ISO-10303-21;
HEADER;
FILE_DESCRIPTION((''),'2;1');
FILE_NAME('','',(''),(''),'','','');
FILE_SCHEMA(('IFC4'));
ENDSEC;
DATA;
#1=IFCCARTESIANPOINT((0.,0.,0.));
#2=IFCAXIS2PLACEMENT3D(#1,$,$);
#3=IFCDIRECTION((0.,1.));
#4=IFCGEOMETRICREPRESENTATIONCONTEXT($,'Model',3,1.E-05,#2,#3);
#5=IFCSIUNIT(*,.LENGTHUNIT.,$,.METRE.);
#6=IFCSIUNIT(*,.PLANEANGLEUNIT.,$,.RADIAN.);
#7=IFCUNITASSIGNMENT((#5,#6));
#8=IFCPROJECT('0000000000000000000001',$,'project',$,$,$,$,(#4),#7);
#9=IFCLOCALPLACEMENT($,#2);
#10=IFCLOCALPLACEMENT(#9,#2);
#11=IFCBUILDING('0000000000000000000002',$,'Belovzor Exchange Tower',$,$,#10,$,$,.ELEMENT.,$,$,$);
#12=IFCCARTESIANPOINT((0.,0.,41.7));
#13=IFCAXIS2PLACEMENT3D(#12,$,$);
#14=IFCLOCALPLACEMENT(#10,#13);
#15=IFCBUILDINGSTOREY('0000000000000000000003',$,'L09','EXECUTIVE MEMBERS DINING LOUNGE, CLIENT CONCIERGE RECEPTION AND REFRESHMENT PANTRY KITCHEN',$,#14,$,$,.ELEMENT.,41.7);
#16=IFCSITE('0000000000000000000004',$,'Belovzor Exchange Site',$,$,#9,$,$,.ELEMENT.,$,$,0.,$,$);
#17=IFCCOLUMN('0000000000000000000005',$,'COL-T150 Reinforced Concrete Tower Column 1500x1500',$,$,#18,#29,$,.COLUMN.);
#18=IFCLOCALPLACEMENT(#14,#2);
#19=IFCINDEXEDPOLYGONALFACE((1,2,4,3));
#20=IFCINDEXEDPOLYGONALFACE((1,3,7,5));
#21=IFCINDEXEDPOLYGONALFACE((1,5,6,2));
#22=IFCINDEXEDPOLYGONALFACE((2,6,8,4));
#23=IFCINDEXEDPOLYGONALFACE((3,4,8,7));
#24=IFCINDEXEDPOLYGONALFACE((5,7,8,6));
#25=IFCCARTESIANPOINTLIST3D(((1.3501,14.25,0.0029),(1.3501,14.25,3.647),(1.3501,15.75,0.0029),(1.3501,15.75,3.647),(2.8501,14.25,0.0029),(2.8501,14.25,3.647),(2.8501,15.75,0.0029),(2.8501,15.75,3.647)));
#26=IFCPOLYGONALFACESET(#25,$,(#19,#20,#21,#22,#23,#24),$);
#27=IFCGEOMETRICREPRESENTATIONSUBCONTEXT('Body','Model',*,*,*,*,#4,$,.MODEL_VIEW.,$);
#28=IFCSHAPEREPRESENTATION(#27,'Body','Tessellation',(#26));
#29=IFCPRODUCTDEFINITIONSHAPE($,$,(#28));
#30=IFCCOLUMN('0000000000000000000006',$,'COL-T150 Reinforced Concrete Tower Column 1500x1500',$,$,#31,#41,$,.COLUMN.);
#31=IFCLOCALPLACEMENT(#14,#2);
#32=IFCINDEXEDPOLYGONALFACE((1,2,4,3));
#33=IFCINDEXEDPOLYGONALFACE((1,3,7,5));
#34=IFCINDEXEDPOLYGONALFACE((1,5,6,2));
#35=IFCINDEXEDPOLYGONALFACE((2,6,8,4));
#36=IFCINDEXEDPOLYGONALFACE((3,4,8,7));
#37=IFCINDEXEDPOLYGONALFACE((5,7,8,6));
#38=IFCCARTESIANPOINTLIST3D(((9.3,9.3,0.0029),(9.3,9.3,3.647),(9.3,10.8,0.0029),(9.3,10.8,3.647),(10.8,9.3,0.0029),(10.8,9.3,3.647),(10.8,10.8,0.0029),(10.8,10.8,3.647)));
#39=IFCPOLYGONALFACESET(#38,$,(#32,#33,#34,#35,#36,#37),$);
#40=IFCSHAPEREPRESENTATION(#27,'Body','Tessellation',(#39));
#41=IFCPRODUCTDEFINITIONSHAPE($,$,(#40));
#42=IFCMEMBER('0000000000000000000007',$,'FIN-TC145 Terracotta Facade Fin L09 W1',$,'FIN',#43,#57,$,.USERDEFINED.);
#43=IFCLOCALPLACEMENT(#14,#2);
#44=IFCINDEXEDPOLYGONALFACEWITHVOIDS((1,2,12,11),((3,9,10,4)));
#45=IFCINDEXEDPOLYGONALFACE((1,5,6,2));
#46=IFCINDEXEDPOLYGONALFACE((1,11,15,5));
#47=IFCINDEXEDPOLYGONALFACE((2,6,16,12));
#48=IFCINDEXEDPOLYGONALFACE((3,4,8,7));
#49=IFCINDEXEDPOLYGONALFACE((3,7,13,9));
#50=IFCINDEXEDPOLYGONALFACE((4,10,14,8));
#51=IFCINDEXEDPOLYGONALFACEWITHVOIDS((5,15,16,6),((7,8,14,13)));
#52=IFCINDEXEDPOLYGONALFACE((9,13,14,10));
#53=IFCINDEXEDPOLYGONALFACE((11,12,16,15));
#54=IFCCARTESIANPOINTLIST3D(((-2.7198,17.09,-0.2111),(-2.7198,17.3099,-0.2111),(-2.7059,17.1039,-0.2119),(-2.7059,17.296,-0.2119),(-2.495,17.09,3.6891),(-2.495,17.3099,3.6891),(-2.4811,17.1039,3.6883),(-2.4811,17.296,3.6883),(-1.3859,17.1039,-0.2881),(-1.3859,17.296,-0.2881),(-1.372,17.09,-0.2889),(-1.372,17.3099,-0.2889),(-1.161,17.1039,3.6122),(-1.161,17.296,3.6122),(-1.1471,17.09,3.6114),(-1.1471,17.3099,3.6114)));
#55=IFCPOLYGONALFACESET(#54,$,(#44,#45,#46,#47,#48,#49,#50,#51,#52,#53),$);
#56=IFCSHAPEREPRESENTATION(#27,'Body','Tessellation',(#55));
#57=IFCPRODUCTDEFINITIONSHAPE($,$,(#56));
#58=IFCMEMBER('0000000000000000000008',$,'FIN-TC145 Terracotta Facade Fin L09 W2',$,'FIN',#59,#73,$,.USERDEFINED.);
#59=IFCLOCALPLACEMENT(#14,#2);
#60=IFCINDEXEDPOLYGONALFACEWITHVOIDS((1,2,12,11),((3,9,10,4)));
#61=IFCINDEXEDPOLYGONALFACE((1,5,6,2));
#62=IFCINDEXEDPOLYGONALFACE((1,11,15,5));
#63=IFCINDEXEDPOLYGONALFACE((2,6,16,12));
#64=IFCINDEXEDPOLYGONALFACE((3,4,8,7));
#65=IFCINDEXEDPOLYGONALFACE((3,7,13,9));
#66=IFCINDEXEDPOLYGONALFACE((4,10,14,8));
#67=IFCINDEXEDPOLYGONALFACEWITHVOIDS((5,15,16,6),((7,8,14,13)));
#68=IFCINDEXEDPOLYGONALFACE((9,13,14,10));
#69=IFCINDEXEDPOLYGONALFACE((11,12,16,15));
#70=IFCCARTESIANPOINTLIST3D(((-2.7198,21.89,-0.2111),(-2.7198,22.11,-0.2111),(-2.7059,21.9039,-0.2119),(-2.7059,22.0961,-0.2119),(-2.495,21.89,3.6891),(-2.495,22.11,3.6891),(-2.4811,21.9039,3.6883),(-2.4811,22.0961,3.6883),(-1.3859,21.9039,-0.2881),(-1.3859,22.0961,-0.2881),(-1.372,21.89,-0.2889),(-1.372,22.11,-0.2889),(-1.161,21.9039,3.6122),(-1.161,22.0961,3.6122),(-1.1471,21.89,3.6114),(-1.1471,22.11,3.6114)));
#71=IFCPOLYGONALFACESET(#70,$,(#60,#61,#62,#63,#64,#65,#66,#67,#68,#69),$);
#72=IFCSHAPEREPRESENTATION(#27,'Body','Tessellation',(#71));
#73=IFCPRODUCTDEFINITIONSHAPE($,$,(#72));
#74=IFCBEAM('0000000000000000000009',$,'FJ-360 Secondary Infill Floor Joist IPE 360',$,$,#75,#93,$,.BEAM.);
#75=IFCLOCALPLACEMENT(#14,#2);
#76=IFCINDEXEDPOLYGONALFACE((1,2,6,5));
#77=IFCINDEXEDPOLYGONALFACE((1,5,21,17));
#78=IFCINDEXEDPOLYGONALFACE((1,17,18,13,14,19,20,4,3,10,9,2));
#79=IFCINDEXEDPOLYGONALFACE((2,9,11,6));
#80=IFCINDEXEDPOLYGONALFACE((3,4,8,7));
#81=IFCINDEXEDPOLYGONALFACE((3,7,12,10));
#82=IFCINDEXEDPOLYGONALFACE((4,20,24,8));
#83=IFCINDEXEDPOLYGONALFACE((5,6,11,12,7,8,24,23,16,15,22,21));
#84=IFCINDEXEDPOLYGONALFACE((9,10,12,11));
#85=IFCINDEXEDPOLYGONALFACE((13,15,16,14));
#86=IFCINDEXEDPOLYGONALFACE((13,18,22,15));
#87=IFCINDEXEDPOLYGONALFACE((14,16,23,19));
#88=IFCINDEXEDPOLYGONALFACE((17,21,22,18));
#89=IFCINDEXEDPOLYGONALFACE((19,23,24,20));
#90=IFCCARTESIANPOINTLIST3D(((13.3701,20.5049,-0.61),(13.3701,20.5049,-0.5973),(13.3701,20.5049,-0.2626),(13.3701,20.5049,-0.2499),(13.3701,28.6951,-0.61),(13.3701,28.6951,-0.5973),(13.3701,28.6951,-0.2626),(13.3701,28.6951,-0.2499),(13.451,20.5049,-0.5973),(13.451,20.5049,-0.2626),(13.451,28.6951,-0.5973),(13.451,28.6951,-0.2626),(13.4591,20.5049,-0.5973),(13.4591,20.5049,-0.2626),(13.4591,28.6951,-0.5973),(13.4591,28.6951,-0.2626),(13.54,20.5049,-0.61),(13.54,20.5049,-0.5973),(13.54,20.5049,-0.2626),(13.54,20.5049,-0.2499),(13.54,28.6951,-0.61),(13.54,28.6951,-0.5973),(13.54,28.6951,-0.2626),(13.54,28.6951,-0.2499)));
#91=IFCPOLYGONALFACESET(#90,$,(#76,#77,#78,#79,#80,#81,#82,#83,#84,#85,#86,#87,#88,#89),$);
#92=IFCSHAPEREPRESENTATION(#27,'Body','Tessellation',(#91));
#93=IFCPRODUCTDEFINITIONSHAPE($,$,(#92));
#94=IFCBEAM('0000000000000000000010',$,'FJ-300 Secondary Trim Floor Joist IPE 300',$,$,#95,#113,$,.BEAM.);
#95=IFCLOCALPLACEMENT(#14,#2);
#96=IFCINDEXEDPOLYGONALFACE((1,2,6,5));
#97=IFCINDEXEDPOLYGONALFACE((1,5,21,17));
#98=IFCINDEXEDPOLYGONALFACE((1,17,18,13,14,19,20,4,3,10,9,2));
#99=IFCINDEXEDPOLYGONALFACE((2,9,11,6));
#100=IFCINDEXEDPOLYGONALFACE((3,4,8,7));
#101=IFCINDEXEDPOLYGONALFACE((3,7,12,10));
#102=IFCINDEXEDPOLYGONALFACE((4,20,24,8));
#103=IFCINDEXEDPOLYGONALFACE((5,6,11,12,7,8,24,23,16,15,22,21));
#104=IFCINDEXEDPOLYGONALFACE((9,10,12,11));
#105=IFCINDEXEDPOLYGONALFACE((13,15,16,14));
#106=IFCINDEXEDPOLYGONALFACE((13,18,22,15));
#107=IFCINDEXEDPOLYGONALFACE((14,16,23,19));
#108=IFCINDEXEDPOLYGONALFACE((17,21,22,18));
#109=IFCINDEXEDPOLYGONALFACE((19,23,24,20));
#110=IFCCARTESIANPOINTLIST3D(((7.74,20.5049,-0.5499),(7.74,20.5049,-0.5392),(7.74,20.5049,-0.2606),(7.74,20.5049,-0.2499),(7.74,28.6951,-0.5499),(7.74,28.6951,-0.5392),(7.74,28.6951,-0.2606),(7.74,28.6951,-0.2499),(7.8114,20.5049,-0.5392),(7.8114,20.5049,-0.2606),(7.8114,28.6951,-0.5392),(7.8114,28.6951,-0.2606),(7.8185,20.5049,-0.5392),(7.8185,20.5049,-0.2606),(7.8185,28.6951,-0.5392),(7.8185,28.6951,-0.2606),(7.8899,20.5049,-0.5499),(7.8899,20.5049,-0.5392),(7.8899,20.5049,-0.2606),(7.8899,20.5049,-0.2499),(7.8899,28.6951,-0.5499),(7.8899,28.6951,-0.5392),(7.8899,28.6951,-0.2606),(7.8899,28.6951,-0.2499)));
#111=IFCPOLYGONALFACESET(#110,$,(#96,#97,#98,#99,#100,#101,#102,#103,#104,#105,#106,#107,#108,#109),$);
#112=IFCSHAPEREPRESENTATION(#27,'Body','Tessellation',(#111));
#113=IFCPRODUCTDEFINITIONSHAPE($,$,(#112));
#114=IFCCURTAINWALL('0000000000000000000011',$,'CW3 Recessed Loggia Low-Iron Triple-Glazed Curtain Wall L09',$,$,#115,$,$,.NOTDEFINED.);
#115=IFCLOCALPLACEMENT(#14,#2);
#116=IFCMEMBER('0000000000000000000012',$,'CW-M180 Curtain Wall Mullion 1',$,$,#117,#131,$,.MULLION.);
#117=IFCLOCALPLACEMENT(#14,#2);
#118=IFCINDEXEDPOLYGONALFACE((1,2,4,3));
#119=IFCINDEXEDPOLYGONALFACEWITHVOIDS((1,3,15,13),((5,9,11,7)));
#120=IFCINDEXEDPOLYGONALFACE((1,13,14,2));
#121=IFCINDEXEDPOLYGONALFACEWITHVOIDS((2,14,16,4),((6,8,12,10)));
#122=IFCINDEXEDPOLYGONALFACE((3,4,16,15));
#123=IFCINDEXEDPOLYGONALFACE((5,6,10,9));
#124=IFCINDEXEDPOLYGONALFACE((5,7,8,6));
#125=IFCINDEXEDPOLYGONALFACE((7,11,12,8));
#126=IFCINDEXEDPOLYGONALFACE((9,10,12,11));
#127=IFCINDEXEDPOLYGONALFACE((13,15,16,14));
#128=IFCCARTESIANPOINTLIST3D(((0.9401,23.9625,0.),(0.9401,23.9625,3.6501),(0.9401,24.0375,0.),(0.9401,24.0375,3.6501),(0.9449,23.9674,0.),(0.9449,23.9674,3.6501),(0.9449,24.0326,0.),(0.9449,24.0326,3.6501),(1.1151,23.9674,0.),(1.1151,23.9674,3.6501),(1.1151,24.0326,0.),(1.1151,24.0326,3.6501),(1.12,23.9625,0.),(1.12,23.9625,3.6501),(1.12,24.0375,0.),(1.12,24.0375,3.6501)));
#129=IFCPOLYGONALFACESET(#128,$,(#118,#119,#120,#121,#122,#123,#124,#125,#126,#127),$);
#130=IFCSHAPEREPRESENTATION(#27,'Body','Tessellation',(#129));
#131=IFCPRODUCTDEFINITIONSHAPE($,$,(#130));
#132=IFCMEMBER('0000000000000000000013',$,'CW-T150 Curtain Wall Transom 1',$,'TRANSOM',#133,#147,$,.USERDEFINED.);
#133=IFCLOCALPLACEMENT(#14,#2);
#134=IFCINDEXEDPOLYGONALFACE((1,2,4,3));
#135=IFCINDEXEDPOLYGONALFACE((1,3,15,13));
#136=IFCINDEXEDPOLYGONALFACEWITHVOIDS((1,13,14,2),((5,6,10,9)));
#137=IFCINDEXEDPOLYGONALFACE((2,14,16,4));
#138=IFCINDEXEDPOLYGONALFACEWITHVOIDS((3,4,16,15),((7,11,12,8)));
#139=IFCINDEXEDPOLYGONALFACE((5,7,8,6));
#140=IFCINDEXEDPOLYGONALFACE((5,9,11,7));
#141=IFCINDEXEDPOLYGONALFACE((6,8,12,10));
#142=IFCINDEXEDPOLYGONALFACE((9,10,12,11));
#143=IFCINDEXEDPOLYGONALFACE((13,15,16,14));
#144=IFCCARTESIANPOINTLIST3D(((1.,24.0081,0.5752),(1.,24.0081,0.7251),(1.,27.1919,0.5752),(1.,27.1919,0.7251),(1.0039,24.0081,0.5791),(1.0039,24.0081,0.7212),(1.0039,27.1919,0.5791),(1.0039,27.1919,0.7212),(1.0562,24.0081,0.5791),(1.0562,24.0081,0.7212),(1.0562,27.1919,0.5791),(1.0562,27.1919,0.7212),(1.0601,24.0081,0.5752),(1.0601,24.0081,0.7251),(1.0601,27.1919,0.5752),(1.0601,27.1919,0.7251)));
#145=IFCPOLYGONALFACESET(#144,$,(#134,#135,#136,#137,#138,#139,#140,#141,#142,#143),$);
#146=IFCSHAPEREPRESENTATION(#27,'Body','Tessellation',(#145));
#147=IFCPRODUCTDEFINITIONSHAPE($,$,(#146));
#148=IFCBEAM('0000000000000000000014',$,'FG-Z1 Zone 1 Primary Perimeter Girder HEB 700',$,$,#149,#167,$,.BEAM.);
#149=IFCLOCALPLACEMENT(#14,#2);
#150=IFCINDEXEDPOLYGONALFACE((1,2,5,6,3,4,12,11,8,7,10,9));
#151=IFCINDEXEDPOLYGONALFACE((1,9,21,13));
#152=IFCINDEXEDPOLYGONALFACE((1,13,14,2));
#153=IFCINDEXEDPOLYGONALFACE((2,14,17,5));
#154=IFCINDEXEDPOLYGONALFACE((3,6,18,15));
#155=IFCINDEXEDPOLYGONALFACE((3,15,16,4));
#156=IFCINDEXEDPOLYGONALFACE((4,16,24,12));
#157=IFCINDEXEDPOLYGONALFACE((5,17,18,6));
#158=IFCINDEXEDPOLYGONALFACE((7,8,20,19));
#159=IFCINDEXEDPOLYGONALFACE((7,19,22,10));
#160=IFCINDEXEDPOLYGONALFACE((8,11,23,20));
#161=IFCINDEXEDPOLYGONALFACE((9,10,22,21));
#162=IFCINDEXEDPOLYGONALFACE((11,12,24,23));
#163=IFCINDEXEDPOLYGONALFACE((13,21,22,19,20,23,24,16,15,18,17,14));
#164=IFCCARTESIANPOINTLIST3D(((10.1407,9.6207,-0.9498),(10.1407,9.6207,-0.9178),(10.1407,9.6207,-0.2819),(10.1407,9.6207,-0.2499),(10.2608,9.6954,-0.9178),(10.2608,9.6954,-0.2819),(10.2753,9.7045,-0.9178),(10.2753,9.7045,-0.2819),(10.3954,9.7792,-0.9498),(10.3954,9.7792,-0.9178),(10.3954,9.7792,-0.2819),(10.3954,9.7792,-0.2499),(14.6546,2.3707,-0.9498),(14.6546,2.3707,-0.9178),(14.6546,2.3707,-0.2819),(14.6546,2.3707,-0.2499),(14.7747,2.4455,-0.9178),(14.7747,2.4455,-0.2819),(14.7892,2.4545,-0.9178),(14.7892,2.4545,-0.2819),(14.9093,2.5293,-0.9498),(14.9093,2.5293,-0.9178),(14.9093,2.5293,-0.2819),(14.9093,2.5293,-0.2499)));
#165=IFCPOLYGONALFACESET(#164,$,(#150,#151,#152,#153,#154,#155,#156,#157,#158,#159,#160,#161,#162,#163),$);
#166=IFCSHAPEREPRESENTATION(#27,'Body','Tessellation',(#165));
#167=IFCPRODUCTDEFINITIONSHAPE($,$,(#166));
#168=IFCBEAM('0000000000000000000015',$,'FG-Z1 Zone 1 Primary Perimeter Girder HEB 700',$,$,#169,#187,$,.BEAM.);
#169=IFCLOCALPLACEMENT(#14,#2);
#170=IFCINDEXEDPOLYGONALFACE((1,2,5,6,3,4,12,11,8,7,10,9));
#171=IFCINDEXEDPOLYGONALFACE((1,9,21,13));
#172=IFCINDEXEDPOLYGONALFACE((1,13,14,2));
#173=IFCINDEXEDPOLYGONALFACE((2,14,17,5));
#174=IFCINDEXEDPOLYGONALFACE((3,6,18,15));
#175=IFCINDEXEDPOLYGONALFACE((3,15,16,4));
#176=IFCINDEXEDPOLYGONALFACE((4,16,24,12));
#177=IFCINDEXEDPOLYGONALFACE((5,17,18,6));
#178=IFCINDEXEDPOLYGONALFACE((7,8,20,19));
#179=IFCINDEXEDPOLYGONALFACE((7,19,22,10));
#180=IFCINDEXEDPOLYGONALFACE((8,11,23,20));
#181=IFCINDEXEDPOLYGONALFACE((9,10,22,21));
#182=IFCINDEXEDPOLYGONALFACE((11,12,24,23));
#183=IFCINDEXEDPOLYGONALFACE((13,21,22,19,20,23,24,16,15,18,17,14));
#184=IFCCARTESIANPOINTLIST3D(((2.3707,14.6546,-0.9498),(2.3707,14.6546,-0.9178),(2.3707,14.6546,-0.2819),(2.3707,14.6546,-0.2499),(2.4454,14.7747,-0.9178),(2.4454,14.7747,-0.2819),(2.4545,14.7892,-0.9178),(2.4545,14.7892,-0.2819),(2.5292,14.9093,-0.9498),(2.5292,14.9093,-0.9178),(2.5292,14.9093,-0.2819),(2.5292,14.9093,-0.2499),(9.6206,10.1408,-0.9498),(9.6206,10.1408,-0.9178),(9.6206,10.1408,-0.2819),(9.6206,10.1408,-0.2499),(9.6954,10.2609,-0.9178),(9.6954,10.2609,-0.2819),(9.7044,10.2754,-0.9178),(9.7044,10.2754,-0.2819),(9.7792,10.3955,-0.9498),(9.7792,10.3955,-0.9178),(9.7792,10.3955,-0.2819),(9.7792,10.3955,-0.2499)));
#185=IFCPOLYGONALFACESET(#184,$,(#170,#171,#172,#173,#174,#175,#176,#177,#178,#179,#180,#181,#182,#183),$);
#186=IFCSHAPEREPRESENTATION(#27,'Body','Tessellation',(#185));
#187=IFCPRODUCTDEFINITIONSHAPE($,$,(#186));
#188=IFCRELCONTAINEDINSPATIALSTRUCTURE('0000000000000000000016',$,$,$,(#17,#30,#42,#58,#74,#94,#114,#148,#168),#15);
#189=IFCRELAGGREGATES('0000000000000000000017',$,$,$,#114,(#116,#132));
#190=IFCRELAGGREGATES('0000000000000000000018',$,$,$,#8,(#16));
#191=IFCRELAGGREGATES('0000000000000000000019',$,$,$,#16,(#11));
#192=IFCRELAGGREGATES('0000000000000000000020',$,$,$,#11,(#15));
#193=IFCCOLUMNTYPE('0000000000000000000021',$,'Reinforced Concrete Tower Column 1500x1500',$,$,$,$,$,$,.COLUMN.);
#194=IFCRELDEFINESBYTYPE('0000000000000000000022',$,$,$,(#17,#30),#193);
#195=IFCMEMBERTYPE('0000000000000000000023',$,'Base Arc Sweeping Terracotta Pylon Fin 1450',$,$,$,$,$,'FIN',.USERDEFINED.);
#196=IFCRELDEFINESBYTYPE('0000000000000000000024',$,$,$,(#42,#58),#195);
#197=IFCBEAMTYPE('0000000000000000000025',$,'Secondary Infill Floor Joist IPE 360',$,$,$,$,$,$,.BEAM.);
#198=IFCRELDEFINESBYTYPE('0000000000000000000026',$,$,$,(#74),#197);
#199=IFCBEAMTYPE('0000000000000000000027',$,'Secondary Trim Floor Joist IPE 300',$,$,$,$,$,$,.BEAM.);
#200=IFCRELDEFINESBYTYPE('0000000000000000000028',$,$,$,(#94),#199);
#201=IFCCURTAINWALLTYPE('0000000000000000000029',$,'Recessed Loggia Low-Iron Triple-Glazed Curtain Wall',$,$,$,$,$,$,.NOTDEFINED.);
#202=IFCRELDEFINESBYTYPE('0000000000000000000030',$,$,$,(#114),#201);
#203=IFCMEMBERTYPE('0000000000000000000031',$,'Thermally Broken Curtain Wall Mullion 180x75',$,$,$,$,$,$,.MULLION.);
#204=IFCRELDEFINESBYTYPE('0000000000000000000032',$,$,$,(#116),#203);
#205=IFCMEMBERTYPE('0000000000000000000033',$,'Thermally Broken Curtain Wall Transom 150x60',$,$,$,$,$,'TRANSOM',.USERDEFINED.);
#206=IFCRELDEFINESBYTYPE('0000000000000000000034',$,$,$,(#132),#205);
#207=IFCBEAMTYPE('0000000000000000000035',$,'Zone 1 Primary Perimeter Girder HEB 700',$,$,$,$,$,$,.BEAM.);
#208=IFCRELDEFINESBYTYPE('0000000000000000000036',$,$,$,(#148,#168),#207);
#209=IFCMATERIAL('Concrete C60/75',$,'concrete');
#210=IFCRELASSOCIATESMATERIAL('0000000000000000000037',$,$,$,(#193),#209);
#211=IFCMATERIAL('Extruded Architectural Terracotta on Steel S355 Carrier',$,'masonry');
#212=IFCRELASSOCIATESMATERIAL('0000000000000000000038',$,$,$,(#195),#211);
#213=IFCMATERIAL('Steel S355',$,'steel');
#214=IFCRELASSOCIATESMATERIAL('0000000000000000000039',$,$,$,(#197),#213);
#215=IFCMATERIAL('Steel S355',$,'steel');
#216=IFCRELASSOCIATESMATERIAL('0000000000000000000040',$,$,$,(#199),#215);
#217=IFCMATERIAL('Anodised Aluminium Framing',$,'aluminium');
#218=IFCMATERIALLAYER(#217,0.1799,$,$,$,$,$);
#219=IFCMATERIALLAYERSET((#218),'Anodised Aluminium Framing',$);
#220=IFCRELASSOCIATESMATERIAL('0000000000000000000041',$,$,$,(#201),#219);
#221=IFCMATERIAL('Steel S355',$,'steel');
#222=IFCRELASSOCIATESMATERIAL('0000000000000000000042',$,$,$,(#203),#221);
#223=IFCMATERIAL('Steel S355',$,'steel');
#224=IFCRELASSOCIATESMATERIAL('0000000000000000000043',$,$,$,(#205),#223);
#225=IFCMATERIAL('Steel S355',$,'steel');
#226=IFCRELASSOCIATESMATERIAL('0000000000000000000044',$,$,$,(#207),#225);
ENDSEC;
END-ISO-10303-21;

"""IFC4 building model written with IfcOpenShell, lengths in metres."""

from ifc_helpers import new_model, si_unit, direction, frame, origin, origin_2d, place, context, subcontext, project, spatial, rectangle, hollow_rectangle, i_section, extrude, material, layer, layer_set, material_profile, profile_set, type_object, element, aggregate, save


model = new_model("IFC4")

# Units and contexts
model_context = context("Model", 3, precision=1e-05, world=origin(), true_north=direction((0.0, 1.0)))
body_context = subcontext(model_context, "Body", "Model", "MODEL_VIEW")
ifc_project = project(units=[si_unit("LENGTHUNIT", "METRE"), si_unit("PLANEANGLEUNIT", "RADIAN")], contexts=[model_context])

# Site, building, storey
site_placement = place(None, origin())
site = spatial("IfcSite", under=ifc_project, at=site_placement, Name="Belovzor Exchange Site", CompositionType="ELEMENT", RefElevation=0.0)
building_placement = place(site_placement, origin())
building = spatial("IfcBuilding", under=site, at=building_placement, Name="Belovzor Exchange Tower", CompositionType="ELEMENT")
storey_placement = place(building_placement, frame((0.0, 0.0, 41.7)))
storey = spatial("IfcBuildingStorey", under=building, at=storey_placement, Name="L09", Description="EXECUTIVE MEMBERS DINING LOUNGE, CLIENT CONCIERGE RECEPTION AND REFRESHMENT PANTRY KITCHEN", CompositionType="ELEMENT", Elevation=41.7)

# Columns
ifc_material_1 = material(Name="Concrete C60/75", Category="concrete")
ifc_material_profile_1 = material_profile(ifc_material_1, rectangle(XDim=1.5, YDim=1.5, at=origin_2d()))
ifc_profile_set_1 = profile_set([ifc_material_profile_1], Name="Concrete C60/75")
column_type = type_object("IfcColumnType", Name="Reinforced Concrete Tower Column 1500x1500", PredefinedType="COLUMN", material=ifc_profile_set_1)
for number, where, z_axis, x_axis, name in (
    (1, (2.1001, 15.0, 0.0029), (0.0, 0.0, 1.0), (1.0, 0.0, 0.0), "COL-T150 Reinforced Concrete Tower Column 1500x1500"),
    (2, (10.05, 10.05, 0.0029), (0.0, 0.0, 1.0), (1.0, 0.0, 0.0), "COL-T150 Reinforced Concrete Tower Column 1500x1500"),
):
    element("IfcColumn", number, at=place(storey_placement, frame(where, z_axis=z_axis, x_axis=x_axis)), inside=storey, type_object=column_type, Name=name, PredefinedType="COLUMN", context=body_context, shape_type="SweptSolid", body=[
        extrude(rectangle(XDim=1.5, YDim=1.5, at=origin_2d()), origin(), (0.0, 0.0, 1.0), 3.644),
    ])

# Members
ifc_material_2 = material(Name="Extruded Architectural Terracotta on Steel S355 Carrier", Category="masonry")
ifc_material_profile_2 = material_profile(ifc_material_2, hollow_rectangle(XDim=0.22, YDim=1.3501, WallThickness=0.0139, at=origin_2d()))
ifc_profile_set_2 = profile_set([ifc_material_profile_2], Name="Extruded Architectural Terracotta on Steel S355 Carrier")
member_type_1 = type_object("IfcMemberType", Name="Base Arc Sweeping Terracotta Pylon Fin 1450", ElementType="FIN", PredefinedType="USERDEFINED", material=ifc_profile_set_2)
for number, where, z_axis, x_axis, name in (
    (3, (-2.0459, 17.2, -0.25), (0.057557, 0.0, 0.998342), (0.0, 1.0, 0.0), "FIN-TC145 Terracotta Facade Fin L09 W1"),
    (4, (-2.0459, 22.0, -0.25), (0.057557, 0.0, 0.998342), (0.0, 1.0, 0.0), "FIN-TC145 Terracotta Facade Fin L09 W2"),
):
    element("IfcMember", number, at=place(storey_placement, frame(where, z_axis=z_axis, x_axis=x_axis)), inside=storey, type_object=member_type_1, Name=name, ObjectType="FIN", PredefinedType="USERDEFINED", context=body_context, shape_type="SweptSolid", body=[
        extrude(hollow_rectangle(XDim=0.22, YDim=1.3501, WallThickness=0.0139, at=origin_2d()), origin(), (0.0, 0.0, 1.0), 3.9067),
    ])

# Beams
ifc_material_3 = material(Name="Steel S355", Category="steel")
ifc_material_profile_3 = material_profile(ifc_material_3, i_section(OverallWidth=0.1699, OverallDepth=0.3601, WebThickness=0.0081, FlangeThickness=0.0127, at=origin_2d()))
ifc_profile_set_3 = profile_set([ifc_material_profile_3], Name="Steel S355")
beam_type_1 = type_object("IfcBeamType", Name="Secondary Infill Floor Joist IPE 360", PredefinedType="BEAM", material=ifc_profile_set_3)
beam_1_placement = place(storey_placement, frame((13.4551, 20.5049, -0.4299), z_axis=(0.0, 1.0, 0.0), x_axis=(-1.0, 0.0, 0.0)))
element("IfcBeam", 5, at=beam_1_placement, inside=storey, type_object=beam_type_1, Name="FJ-360 Secondary Infill Floor Joist IPE 360", PredefinedType="BEAM", context=body_context, shape_type="SweptSolid", body=[
    extrude(i_section(OverallWidth=0.1699, OverallDepth=0.3601, WebThickness=0.0081, FlangeThickness=0.0127, at=origin_2d()), origin(), (0.0, 0.0, 1.0), 8.1902),
])
ifc_material_4 = material(Name="Steel S355", Category="steel")
ifc_material_profile_4 = material_profile(ifc_material_4, i_section(OverallWidth=0.1499, OverallDepth=0.3, WebThickness=0.0071, FlangeThickness=0.0107, at=origin_2d()))
ifc_profile_set_4 = profile_set([ifc_material_profile_4], Name="Steel S355")
beam_type_2 = type_object("IfcBeamType", Name="Secondary Trim Floor Joist IPE 300", PredefinedType="BEAM", material=ifc_profile_set_4)
beam_2_placement = place(storey_placement, frame((7.8149, 20.5049, -0.3999), z_axis=(0.0, 1.0, 0.0), x_axis=(-1.0, 0.0, 0.0)))
element("IfcBeam", 6, at=beam_2_placement, inside=storey, type_object=beam_type_2, Name="FJ-300 Secondary Trim Floor Joist IPE 300", PredefinedType="BEAM", context=body_context, shape_type="SweptSolid", body=[
    extrude(i_section(OverallWidth=0.1499, OverallDepth=0.3, WebThickness=0.0071, FlangeThickness=0.0107, at=origin_2d()), origin(), (0.0, 0.0, 1.0), 8.1902),
])

# Curtain wall, members
ifc_material_5 = material(Name="Anodised Aluminium Framing", Category="aluminium")
ifc_layer_1 = layer(ifc_material_5, 0.1799)
ifc_layer_set_1 = layer_set([ifc_layer_1], Name="Anodised Aluminium Framing")
curtain_wall_type = type_object("IfcCurtainWallType", Name="Recessed Loggia Low-Iron Triple-Glazed Curtain Wall", PredefinedType="NOTDEFINED", material=ifc_layer_set_1)
curtain_wall_placement = place(storey_placement, origin())
curtain_wall = element("IfcCurtainWall", 7, at=curtain_wall_placement, inside=storey, type_object=curtain_wall_type, Name="CW3 Recessed Loggia Low-Iron Triple-Glazed Curtain Wall L09", PredefinedType="NOTDEFINED")
ifc_material_6 = material(Name="Steel S355", Category="steel")
ifc_material_profile_5 = material_profile(ifc_material_6, hollow_rectangle(XDim=0.075, YDim=0.1799, WallThickness=0.0049, at=origin_2d()))
ifc_profile_set_5 = profile_set([ifc_material_profile_5], Name="Steel S355")
member_type_2 = type_object("IfcMemberType", Name="Thermally Broken Curtain Wall Mullion 180x75", PredefinedType="MULLION", material=ifc_profile_set_5)
member_1_placement = place(storey_placement, frame((1.03, 24.0, 0.0), z_axis=(0.0, 0.0, 1.0), x_axis=(0.0, 1.0, 0.0)))
member_1 = element("IfcMember", 8, at=member_1_placement, type_object=member_type_2, Name="CW-M180 Curtain Wall Mullion 1", PredefinedType="MULLION", context=body_context, shape_type="SweptSolid", body=[
    extrude(hollow_rectangle(XDim=0.075, YDim=0.1799, WallThickness=0.0049, at=origin_2d()), origin(), (0.0, 0.0, 1.0), 3.6501),
])
ifc_material_7 = material(Name="Steel S355", Category="steel")
ifc_material_profile_6 = material_profile(ifc_material_7, hollow_rectangle(XDim=0.0601, YDim=0.1499, WallThickness=0.0039, at=origin_2d()))
ifc_profile_set_6 = profile_set([ifc_material_profile_6], Name="Steel S355")
member_type_3 = type_object("IfcMemberType", Name="Thermally Broken Curtain Wall Transom 150x60", ElementType="TRANSOM", PredefinedType="USERDEFINED", material=ifc_profile_set_6)
member_2_placement = place(storey_placement, frame((1.03, 24.0081, 0.6501), z_axis=(0.0, 1.0, 0.0), x_axis=(-1.0, 0.0, 0.0)))
member_2 = element("IfcMember", 9, at=member_2_placement, type_object=member_type_3, Name="CW-T150 Curtain Wall Transom 1", ObjectType="TRANSOM", PredefinedType="USERDEFINED", context=body_context, shape_type="SweptSolid", body=[
    extrude(hollow_rectangle(XDim=0.0601, YDim=0.1499, WallThickness=0.0039, at=origin_2d()), origin(), (0.0, 0.0, 1.0), 3.1838),
])

# Beams
ifc_material_8 = material(Name="Steel S355", Category="steel")
ifc_material_profile_7 = material_profile(ifc_material_8, i_section(OverallWidth=0.3, OverallDepth=0.7, WebThickness=0.0171, FlangeThickness=0.032, at=origin_2d()))
ifc_profile_set_7 = profile_set([ifc_material_profile_7], Name="Steel S355")
beam_type_3 = type_object("IfcBeamType", Name="Zone 1 Primary Perimeter Girder HEB 700", PredefinedType="BEAM", material=ifc_profile_set_7)
for number, where, z_axis, x_axis, name in (
    (10, (10.2681, 9.7, -0.5999), (0.528539, -0.848909, 0.0), (0.848909, 0.528539, 0.0), "FG-Z1 Zone 1 Primary Perimeter Girder HEB 700"),
    (11, (2.45, 14.782, -0.5999), (0.848909, -0.528539, 0.0), (0.528539, 0.848909, 0.0), "FG-Z1 Zone 1 Primary Perimeter Girder HEB 700"),
):
    element("IfcBeam", number, at=place(storey_placement, frame(where, z_axis=z_axis, x_axis=x_axis)), inside=storey, type_object=beam_type_3, Name=name, PredefinedType="BEAM", context=body_context, shape_type="SweptSolid", body=[
        extrude(i_section(OverallWidth=0.3, OverallDepth=0.7, WebThickness=0.0171, FlangeThickness=0.032, at=origin_2d()), origin(), (0.0, 0.0, 1.0), 8.5403),
    ])

aggregate(curtain_wall, [member_1, member_2])

save(model, "model.ifc")
